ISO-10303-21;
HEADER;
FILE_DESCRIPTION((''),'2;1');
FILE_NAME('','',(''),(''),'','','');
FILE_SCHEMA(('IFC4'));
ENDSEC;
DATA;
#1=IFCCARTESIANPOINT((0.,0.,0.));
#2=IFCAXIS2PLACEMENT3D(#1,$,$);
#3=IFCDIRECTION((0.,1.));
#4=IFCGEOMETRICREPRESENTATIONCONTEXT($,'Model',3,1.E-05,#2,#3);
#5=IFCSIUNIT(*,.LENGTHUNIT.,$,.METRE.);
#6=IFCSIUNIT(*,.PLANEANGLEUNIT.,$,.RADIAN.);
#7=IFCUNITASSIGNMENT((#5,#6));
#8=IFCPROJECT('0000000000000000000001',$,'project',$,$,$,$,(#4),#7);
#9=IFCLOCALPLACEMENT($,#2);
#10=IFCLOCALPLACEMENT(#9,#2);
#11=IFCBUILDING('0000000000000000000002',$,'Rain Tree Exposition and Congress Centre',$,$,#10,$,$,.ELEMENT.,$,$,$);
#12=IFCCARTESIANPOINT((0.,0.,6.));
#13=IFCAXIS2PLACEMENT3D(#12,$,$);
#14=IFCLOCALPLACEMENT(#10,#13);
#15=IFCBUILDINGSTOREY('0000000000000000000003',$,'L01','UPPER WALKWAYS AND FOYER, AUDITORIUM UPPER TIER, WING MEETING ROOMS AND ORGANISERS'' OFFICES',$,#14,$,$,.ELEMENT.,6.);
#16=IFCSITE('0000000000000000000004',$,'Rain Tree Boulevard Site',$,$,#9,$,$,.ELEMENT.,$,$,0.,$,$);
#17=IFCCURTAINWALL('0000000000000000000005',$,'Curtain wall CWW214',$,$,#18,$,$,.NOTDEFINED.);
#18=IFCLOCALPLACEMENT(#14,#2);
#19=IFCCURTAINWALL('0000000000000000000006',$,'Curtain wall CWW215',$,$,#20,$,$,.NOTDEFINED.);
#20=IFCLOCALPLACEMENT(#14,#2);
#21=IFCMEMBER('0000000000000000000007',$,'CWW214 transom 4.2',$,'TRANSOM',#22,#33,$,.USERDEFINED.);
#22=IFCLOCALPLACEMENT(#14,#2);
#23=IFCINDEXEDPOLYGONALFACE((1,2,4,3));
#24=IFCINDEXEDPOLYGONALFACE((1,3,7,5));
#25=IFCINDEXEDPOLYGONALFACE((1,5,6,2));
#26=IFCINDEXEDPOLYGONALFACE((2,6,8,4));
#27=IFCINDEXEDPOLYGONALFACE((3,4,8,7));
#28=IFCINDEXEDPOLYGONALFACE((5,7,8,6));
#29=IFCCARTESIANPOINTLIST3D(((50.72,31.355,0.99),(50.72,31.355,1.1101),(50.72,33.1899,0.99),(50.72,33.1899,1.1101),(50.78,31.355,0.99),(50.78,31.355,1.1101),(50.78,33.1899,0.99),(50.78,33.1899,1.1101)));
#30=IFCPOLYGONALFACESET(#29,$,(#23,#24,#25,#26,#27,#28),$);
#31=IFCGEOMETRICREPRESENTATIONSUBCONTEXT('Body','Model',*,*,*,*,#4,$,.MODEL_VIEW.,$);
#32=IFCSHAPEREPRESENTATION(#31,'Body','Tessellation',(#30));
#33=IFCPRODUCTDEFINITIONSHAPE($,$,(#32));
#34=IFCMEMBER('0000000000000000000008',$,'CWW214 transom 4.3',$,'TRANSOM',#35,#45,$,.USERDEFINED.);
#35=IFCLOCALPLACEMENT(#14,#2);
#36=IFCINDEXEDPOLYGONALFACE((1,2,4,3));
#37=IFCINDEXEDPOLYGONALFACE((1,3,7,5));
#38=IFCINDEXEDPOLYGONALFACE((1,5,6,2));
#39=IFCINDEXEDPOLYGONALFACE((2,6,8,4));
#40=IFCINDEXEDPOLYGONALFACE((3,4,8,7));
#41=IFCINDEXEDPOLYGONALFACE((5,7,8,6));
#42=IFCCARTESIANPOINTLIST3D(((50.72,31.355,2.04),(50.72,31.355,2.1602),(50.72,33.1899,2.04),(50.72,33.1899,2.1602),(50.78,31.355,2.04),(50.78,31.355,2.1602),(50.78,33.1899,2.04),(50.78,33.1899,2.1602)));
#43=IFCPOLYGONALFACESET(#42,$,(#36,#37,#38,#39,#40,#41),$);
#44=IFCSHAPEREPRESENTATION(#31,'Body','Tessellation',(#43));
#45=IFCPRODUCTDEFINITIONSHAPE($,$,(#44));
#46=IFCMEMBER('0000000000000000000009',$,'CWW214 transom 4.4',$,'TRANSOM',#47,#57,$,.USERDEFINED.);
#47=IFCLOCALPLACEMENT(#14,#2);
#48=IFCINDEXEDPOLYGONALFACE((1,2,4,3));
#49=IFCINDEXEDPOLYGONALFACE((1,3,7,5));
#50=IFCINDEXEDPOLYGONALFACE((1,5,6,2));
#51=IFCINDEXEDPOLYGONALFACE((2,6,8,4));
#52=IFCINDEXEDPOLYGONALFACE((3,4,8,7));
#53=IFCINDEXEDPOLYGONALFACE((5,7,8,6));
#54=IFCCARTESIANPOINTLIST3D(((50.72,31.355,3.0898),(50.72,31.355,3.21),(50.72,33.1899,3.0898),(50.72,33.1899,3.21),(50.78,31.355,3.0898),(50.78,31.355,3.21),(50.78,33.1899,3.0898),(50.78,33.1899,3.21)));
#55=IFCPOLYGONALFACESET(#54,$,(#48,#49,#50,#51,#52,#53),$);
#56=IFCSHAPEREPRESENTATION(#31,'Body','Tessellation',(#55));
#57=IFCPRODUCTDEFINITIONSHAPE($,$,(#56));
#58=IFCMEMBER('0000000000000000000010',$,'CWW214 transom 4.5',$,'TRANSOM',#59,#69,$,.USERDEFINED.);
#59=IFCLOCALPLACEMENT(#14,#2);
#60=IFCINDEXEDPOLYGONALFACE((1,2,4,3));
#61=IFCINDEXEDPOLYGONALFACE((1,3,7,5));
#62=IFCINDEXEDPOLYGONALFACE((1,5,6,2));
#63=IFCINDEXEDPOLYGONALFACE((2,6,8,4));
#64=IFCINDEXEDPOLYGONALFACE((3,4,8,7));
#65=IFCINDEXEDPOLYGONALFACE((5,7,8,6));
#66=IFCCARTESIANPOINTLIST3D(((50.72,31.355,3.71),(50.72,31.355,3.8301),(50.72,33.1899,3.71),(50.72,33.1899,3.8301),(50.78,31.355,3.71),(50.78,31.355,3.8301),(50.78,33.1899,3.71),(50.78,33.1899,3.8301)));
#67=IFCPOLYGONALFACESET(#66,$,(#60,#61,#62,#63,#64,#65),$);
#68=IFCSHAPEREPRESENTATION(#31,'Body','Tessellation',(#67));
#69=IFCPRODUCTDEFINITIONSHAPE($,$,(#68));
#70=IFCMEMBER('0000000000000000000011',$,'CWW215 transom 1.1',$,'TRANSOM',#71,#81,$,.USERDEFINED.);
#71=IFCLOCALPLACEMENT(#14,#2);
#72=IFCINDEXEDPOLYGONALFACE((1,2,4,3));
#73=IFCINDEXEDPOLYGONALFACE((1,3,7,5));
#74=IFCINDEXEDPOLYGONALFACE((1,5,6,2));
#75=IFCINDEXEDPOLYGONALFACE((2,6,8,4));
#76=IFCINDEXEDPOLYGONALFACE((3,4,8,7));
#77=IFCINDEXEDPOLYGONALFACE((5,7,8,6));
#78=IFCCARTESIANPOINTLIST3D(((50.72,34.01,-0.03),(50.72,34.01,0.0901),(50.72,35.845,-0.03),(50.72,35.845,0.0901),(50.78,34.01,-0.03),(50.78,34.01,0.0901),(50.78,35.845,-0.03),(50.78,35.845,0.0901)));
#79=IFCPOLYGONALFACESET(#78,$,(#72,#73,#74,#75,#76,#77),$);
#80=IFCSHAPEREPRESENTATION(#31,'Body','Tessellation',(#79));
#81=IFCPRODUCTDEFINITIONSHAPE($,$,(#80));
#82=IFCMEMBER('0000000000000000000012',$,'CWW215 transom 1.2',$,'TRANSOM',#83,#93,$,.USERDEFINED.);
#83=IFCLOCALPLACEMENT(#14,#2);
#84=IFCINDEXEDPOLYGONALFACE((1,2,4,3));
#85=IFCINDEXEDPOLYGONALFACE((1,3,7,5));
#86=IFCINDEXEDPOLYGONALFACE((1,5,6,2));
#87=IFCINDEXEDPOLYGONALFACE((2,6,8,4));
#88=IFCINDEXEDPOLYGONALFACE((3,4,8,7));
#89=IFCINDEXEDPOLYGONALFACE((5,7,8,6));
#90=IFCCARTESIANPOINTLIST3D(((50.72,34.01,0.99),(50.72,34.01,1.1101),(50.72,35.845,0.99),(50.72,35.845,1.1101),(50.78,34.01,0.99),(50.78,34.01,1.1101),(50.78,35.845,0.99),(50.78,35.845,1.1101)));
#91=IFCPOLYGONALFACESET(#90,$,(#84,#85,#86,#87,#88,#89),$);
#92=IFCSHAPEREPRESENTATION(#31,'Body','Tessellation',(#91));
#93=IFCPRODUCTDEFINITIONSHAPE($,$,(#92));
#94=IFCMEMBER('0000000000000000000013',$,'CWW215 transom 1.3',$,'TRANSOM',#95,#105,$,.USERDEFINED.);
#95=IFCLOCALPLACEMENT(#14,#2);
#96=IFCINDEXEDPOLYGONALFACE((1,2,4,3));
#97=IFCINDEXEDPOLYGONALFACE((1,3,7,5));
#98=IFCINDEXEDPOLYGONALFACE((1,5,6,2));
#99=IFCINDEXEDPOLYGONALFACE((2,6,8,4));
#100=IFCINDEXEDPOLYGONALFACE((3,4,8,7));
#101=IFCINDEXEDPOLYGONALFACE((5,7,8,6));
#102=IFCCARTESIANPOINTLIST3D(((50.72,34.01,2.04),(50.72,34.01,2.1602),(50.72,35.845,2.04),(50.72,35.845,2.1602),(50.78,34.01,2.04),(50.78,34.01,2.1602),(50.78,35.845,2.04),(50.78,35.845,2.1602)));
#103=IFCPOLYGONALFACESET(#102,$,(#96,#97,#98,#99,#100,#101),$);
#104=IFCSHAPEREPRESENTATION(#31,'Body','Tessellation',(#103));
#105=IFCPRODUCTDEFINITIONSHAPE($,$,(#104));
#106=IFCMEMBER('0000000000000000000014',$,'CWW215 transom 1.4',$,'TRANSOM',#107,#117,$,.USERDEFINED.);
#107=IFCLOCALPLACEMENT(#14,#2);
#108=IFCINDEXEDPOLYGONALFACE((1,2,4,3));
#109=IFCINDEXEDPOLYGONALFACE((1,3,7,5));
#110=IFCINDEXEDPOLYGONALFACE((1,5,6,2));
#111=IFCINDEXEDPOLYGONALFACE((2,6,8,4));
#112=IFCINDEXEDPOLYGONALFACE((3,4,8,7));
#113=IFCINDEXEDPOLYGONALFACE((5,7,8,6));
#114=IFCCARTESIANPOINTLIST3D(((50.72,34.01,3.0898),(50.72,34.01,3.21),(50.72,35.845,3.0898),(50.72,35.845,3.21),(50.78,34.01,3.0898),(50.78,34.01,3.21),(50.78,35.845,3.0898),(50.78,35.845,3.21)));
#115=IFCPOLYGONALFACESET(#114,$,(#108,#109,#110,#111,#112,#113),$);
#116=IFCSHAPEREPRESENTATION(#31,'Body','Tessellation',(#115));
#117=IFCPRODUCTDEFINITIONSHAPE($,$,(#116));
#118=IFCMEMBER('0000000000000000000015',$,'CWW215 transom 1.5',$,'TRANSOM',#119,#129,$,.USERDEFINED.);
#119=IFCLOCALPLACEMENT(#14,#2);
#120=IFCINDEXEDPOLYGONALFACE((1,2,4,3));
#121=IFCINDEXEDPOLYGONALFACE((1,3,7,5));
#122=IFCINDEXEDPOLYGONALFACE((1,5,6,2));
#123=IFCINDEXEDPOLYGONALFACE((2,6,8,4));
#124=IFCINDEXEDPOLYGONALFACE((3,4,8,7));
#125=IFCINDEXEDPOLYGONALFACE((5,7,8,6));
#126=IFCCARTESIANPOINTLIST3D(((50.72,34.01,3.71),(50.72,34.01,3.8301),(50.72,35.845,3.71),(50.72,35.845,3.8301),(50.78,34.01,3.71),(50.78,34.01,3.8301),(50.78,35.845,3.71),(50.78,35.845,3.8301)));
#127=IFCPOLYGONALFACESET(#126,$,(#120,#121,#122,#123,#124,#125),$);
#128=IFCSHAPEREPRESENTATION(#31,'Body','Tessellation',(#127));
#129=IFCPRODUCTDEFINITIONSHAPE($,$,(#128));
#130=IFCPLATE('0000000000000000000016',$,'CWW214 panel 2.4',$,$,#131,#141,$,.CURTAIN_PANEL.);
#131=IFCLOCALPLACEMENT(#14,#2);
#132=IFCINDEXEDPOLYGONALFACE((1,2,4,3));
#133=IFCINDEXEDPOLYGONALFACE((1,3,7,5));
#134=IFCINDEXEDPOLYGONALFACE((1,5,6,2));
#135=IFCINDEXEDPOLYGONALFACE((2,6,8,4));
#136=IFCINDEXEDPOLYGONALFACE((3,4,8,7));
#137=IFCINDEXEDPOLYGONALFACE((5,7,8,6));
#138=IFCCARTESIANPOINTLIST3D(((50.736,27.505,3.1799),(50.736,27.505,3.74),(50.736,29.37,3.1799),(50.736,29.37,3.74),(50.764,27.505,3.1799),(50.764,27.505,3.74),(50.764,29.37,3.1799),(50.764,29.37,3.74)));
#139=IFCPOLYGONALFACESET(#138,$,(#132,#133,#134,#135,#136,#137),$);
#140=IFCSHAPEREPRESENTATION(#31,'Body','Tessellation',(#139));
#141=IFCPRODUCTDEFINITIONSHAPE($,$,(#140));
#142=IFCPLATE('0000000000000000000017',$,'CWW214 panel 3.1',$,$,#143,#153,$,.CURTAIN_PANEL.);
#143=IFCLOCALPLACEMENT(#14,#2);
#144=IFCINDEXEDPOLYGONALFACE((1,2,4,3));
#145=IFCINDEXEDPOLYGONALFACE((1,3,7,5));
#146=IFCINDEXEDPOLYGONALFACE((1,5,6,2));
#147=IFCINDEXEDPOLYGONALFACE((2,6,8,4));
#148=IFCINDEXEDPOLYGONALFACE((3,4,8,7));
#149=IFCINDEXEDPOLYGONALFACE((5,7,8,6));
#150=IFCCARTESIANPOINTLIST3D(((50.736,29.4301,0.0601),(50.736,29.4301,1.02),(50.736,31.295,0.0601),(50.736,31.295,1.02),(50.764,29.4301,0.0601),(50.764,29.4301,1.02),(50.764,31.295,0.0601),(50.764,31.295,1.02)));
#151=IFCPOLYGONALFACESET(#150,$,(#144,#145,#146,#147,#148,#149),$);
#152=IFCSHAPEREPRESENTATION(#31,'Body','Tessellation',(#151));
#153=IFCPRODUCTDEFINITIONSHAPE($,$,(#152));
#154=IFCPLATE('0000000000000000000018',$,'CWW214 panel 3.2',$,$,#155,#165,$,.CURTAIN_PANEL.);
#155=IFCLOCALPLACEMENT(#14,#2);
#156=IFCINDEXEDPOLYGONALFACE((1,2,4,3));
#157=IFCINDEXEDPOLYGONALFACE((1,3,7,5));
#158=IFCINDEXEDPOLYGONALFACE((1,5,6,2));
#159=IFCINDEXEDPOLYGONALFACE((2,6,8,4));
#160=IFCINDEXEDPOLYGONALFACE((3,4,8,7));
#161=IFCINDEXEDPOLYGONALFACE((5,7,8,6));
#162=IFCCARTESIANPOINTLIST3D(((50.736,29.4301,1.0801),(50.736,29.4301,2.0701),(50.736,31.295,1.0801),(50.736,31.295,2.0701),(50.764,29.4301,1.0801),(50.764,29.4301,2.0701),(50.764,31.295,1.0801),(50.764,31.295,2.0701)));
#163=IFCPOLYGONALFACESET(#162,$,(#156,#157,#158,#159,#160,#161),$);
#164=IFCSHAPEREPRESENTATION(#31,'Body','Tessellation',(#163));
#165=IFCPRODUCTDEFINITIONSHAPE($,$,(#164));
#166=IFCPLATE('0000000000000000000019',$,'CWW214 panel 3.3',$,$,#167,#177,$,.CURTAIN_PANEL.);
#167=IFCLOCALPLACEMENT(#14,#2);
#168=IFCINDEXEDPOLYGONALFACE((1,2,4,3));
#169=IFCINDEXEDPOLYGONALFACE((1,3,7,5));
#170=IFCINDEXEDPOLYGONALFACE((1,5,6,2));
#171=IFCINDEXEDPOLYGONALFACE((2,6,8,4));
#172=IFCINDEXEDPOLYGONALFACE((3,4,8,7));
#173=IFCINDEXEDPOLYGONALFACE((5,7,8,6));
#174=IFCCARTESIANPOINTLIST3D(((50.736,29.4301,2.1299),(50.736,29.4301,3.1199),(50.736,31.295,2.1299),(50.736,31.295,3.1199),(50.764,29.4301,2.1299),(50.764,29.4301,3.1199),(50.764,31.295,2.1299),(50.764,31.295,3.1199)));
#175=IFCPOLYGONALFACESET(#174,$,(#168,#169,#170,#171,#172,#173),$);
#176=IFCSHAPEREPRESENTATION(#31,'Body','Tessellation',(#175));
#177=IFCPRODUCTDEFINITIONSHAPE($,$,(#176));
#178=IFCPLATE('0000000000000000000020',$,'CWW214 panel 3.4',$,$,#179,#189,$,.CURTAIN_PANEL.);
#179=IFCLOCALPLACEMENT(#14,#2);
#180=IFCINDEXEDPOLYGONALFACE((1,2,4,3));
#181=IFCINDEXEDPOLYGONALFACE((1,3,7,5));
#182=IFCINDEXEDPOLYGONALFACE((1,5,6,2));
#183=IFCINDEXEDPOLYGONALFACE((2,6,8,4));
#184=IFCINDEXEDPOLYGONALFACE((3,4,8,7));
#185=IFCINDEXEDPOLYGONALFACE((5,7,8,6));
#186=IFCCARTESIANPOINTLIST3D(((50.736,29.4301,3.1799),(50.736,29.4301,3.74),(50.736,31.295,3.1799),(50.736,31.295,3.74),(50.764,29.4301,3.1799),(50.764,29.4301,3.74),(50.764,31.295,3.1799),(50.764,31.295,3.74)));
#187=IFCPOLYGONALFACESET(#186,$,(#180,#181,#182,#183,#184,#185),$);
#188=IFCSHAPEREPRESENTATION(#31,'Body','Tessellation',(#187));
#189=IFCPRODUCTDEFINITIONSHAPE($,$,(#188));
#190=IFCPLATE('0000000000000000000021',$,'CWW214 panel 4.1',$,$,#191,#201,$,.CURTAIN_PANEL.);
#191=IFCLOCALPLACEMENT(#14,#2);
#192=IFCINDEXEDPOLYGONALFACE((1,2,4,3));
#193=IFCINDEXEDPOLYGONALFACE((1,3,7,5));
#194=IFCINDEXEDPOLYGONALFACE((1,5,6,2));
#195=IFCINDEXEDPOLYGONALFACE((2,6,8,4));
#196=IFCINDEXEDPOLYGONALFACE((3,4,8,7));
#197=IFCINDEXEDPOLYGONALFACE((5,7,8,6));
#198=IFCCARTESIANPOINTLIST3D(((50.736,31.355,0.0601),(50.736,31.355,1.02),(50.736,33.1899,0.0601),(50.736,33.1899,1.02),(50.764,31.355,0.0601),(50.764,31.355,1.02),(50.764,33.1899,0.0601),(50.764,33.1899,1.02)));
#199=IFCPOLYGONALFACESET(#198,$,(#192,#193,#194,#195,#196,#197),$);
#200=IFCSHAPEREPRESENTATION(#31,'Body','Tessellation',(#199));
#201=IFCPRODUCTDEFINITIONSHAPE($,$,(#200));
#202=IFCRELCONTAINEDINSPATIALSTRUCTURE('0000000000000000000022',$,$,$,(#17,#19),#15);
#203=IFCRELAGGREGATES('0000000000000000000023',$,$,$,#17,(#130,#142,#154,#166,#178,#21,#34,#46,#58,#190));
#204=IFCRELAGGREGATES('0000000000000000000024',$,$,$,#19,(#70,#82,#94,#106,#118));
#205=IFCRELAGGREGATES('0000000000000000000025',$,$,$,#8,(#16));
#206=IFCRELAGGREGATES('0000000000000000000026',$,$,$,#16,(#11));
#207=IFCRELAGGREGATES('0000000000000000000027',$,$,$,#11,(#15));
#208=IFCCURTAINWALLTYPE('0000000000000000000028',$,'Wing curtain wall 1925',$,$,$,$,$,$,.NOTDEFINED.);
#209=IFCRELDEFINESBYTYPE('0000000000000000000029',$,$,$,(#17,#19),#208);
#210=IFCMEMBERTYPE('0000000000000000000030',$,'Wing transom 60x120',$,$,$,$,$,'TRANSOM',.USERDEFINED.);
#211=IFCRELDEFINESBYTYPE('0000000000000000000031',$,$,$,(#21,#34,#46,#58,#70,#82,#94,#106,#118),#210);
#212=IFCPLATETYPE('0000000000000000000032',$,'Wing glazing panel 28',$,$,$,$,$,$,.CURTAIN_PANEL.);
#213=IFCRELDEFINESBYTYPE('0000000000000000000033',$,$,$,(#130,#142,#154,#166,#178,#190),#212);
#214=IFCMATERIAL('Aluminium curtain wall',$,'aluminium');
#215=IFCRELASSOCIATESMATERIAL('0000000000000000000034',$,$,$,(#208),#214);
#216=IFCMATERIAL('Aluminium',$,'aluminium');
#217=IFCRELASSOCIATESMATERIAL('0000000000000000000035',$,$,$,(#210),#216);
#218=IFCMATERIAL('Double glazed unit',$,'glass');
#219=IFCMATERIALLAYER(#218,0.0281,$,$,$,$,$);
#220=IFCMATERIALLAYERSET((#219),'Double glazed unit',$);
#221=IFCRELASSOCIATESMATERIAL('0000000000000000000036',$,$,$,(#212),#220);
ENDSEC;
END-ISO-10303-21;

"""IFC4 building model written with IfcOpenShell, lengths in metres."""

from ifc_helpers import new_model, si_unit, direction, frame, origin, origin_2d, place, context, subcontext, project, spatial, rectangle, extrude, material, layer, layer_set, material_profile, profile_set, type_object, element, aggregate, save


model = new_model("IFC4")

# Units and contexts
model_context = context("Model", 3, precision=1e-05, world=origin(), true_north=direction((0.0, 1.0)))
body_context = subcontext(model_context, "Body", "Model", "MODEL_VIEW")
ifc_project = project(units=[si_unit("LENGTHUNIT", "METRE"), si_unit("PLANEANGLEUNIT", "RADIAN")], contexts=[model_context])

# Site, building, storey
site_placement = place(None, origin())
site = spatial("IfcSite", under=ifc_project, at=site_placement, Name="Rain Tree Boulevard Site", CompositionType="ELEMENT", RefElevation=0.0)
building_placement = place(site_placement, origin())
building = spatial("IfcBuilding", under=site, at=building_placement, Name="Rain Tree Exposition and Congress Centre", CompositionType="ELEMENT")
storey_placement = place(building_placement, frame((0.0, 0.0, 6.0)))
storey = spatial("IfcBuildingStorey", under=building, at=storey_placement, Name="L01", Description="UPPER WALKWAYS AND FOYER, AUDITORIUM UPPER TIER, WING MEETING ROOMS AND ORGANISERS' OFFICES", CompositionType="ELEMENT", Elevation=6.0)

# Curtain wall
ifc_material_1 = material(Name="Aluminium curtain wall", Category="aluminium")
curtain_wall_type = type_object("IfcCurtainWallType", Name="Wing curtain wall 1925", PredefinedType="NOTDEFINED", material=ifc_material_1)
curtain_wall_1_placement = place(storey_placement, origin())
curtain_wall_1 = element("IfcCurtainWall", 1, at=curtain_wall_1_placement, inside=storey, type_object=curtain_wall_type, Name="Curtain wall CWW214", PredefinedType="NOTDEFINED")

# Curtain wall
curtain_wall_2_placement = place(storey_placement, origin())
curtain_wall_2 = element("IfcCurtainWall", 2, at=curtain_wall_2_placement, inside=storey, type_object=curtain_wall_type, Name="Curtain wall CWW215", PredefinedType="NOTDEFINED")

# Members
ifc_material_2 = material(Name="Aluminium", Category="aluminium")
ifc_material_profile_1 = material_profile(ifc_material_2, rectangle(XDim=0.0601, YDim=0.1201, at=origin_2d()), Name="Aluminium 60x120")
ifc_profile_set_1 = profile_set([ifc_material_profile_1], Name="Aluminium")
member_type_1 = type_object("IfcMemberType", Name="Wing transom 60x120", ElementType="TRANSOM", PredefinedType="USERDEFINED", material=ifc_profile_set_1)
member_1_placement = place(storey_placement, frame((50.75, 31.355, 1.05), z_axis=(0.0, 1.0, 0.0), x_axis=(-1.0, 0.0, 0.0)))
member_1 = element("IfcMember", 3, at=member_1_placement, type_object=member_type_1, Name="CWW214 transom 4.2", ObjectType="TRANSOM", PredefinedType="USERDEFINED", context=body_context, shape_type="SweptSolid", body=[
    extrude(rectangle(XDim=0.0601, YDim=0.1201, at=origin_2d()), origin(), (0.0, 0.0, 1.0), 1.835),
])
member_2_placement = place(storey_placement, frame((50.75, 31.355, 2.1001), z_axis=(0.0, 1.0, 0.0), x_axis=(-1.0, 0.0, 0.0)))
member_2 = element("IfcMember", 4, at=member_2_placement, type_object=member_type_1, Name="CWW214 transom 4.3", ObjectType="TRANSOM", PredefinedType="USERDEFINED", context=body_context, shape_type="SweptSolid", body=[
    extrude(rectangle(XDim=0.0601, YDim=0.1201, at=origin_2d()), origin(), (0.0, 0.0, 1.0), 1.835),
])
member_3_placement = place(storey_placement, frame((50.75, 31.355, 3.1499), z_axis=(0.0, 1.0, 0.0), x_axis=(-1.0, 0.0, 0.0)))
member_3 = element("IfcMember", 5, at=member_3_placement, type_object=member_type_1, Name="CWW214 transom 4.4", ObjectType="TRANSOM", PredefinedType="USERDEFINED", context=body_context, shape_type="SweptSolid", body=[
    extrude(rectangle(XDim=0.0601, YDim=0.1201, at=origin_2d()), origin(), (0.0, 0.0, 1.0), 1.835),
])
member_4_placement = place(storey_placement, frame((50.75, 31.355, 3.77), z_axis=(0.0, 1.0, 0.0), x_axis=(-1.0, 0.0, 0.0)))
member_4 = element("IfcMember", 6, at=member_4_placement, type_object=member_type_1, Name="CWW214 transom 4.5", ObjectType="TRANSOM", PredefinedType="USERDEFINED", context=body_context, shape_type="SweptSolid", body=[
    extrude(rectangle(XDim=0.0601, YDim=0.1201, at=origin_2d()), origin(), (0.0, 0.0, 1.0), 1.835),
])
member_5_placement = place(storey_placement, frame((50.75, 34.01, 0.03), z_axis=(0.0, 1.0, 0.0), x_axis=(-1.0, 0.0, 0.0)))
member_5 = element("IfcMember", 7, at=member_5_placement, type_object=member_type_1, Name="CWW215 transom 1.1", ObjectType="TRANSOM", PredefinedType="USERDEFINED", context=body_context, shape_type="SweptSolid", body=[
    extrude(rectangle(XDim=0.0601, YDim=0.1201, at=origin_2d()), origin(), (0.0, 0.0, 1.0), 1.835),
])
member_6_placement = place(storey_placement, frame((50.75, 34.01, 1.05), z_axis=(0.0, 1.0, 0.0), x_axis=(-1.0, 0.0, 0.0)))
member_6 = element("IfcMember", 8, at=member_6_placement, type_object=member_type_1, Name="CWW215 transom 1.2", ObjectType="TRANSOM", PredefinedType="USERDEFINED", context=body_context, shape_type="SweptSolid", body=[
    extrude(rectangle(XDim=0.0601, YDim=0.1201, at=origin_2d()), origin(), (0.0, 0.0, 1.0), 1.835),
])
member_7_placement = place(storey_placement, frame((50.75, 34.01, 2.1001), z_axis=(0.0, 1.0, 0.0), x_axis=(-1.0, 0.0, 0.0)))
member_7 = element("IfcMember", 9, at=member_7_placement, type_object=member_type_1, Name="CWW215 transom 1.3", ObjectType="TRANSOM", PredefinedType="USERDEFINED", context=body_context, shape_type="SweptSolid", body=[
    extrude(rectangle(XDim=0.0601, YDim=0.1201, at=origin_2d()), origin(), (0.0, 0.0, 1.0), 1.835),
])
member_8_placement = place(storey_placement, frame((50.75, 34.01, 3.1499), z_axis=(0.0, 1.0, 0.0), x_axis=(-1.0, 0.0, 0.0)))
member_8 = element("IfcMember", 10, at=member_8_placement, type_object=member_type_1, Name="CWW215 transom 1.4", ObjectType="TRANSOM", PredefinedType="USERDEFINED", context=body_context, shape_type="SweptSolid", body=[
    extrude(rectangle(XDim=0.0601, YDim=0.1201, at=origin_2d()), origin(), (0.0, 0.0, 1.0), 1.835),
])
member_9_placement = place(storey_placement, frame((50.75, 34.01, 3.77), z_axis=(0.0, 1.0, 0.0), x_axis=(-1.0, 0.0, 0.0)))
member_9 = element("IfcMember", 11, at=member_9_placement, type_object=member_type_1, Name="CWW215 transom 1.5", ObjectType="TRANSOM", PredefinedType="USERDEFINED", context=body_context, shape_type="SweptSolid", body=[
    extrude(rectangle(XDim=0.0601, YDim=0.1201, at=origin_2d()), origin(), (0.0, 0.0, 1.0), 1.835),
])

# Plates
ifc_material_3 = material(Name="Double glazed unit", Category="glass")
ifc_layer = layer(ifc_material_3, 0.0281)
ifc_layer_set = layer_set([ifc_layer], Name="Double glazed unit")
plate_type = type_object("IfcPlateType", Name="Wing glazing panel 28", PredefinedType="CURTAIN_PANEL", material=ifc_layer_set)
plate_1_placement = place(storey_placement, frame((50.75, 28.4375, 3.1799), z_axis=(0.0, 0.0, 1.0), x_axis=(0.0, 1.0, 0.0)))
plate_1 = element("IfcPlate", 12, at=plate_1_placement, type_object=plate_type, Name="CWW214 panel 2.4", PredefinedType="CURTAIN_PANEL", context=body_context, shape_type="SweptSolid", body=[
    extrude(rectangle(XDim=1.865, YDim=0.0281, at=origin_2d()), origin(), (0.0, 0.0, 1.0), 0.5601),
])
plate_2_placement = place(storey_placement, frame((50.75, 30.3625, 0.0601), z_axis=(0.0, 0.0, 1.0), x_axis=(0.0, 1.0, 0.0)))
plate_2 = element("IfcPlate", 13, at=plate_2_placement, type_object=plate_type, Name="CWW214 panel 3.1", PredefinedType="CURTAIN_PANEL", context=body_context, shape_type="SweptSolid", body=[
    extrude(rectangle(XDim=1.865, YDim=0.0281, at=origin_2d()), origin(), (0.0, 0.0, 1.0), 0.96),
])
plate_3_placement = place(storey_placement, frame((50.75, 30.3625, 1.0801), z_axis=(0.0, 0.0, 1.0), x_axis=(0.0, 1.0, 0.0)))
plate_3 = element("IfcPlate", 14, at=plate_3_placement, type_object=plate_type, Name="CWW214 panel 3.2", PredefinedType="CURTAIN_PANEL", context=body_context, shape_type="SweptSolid", body=[
    extrude(rectangle(XDim=1.865, YDim=0.0281, at=origin_2d()), origin(), (0.0, 0.0, 1.0), 0.99),
])
plate_4_placement = place(storey_placement, frame((50.75, 30.3625, 2.1299), z_axis=(0.0, 0.0, 1.0), x_axis=(0.0, 1.0, 0.0)))
plate_4 = element("IfcPlate", 15, at=plate_4_placement, type_object=plate_type, Name="CWW214 panel 3.3", PredefinedType="CURTAIN_PANEL", context=body_context, shape_type="SweptSolid", body=[
    extrude(rectangle(XDim=1.865, YDim=0.0281, at=origin_2d()), origin(), (0.0, 0.0, 1.0), 0.99),
])
plate_5_placement = place(storey_placement, frame((50.75, 30.3625, 3.1799), z_axis=(0.0, 0.0, 1.0), x_axis=(0.0, 1.0, 0.0)))
plate_5 = element("IfcPlate", 16, at=plate_5_placement, type_object=plate_type, Name="CWW214 panel 3.4", PredefinedType="CURTAIN_PANEL", context=body_context, shape_type="SweptSolid", body=[
    extrude(rectangle(XDim=1.865, YDim=0.0281, at=origin_2d()), origin(), (0.0, 0.0, 1.0), 0.5601),
])
plate_6_placement = place(storey_placement, frame((50.75, 32.2725, 0.0601), z_axis=(0.0, 0.0, 1.0), x_axis=(0.0, 1.0, 0.0)))
plate_6 = element("IfcPlate", 17, at=plate_6_placement, type_object=plate_type, Name="CWW214 panel 4.1", PredefinedType="CURTAIN_PANEL", context=body_context, shape_type="SweptSolid", body=[
    extrude(rectangle(XDim=1.835, YDim=0.0281, at=origin_2d()), origin(), (0.0, 0.0, 1.0), 0.96),
])
aggregate(curtain_wall_1, [plate_1, plate_2, plate_3, plate_4, plate_5, member_1, member_2, member_3, member_4, plate_6])
aggregate(curtain_wall_2, [member_5, member_6, member_7, member_8, member_9])

save(model, "model.ifc")
